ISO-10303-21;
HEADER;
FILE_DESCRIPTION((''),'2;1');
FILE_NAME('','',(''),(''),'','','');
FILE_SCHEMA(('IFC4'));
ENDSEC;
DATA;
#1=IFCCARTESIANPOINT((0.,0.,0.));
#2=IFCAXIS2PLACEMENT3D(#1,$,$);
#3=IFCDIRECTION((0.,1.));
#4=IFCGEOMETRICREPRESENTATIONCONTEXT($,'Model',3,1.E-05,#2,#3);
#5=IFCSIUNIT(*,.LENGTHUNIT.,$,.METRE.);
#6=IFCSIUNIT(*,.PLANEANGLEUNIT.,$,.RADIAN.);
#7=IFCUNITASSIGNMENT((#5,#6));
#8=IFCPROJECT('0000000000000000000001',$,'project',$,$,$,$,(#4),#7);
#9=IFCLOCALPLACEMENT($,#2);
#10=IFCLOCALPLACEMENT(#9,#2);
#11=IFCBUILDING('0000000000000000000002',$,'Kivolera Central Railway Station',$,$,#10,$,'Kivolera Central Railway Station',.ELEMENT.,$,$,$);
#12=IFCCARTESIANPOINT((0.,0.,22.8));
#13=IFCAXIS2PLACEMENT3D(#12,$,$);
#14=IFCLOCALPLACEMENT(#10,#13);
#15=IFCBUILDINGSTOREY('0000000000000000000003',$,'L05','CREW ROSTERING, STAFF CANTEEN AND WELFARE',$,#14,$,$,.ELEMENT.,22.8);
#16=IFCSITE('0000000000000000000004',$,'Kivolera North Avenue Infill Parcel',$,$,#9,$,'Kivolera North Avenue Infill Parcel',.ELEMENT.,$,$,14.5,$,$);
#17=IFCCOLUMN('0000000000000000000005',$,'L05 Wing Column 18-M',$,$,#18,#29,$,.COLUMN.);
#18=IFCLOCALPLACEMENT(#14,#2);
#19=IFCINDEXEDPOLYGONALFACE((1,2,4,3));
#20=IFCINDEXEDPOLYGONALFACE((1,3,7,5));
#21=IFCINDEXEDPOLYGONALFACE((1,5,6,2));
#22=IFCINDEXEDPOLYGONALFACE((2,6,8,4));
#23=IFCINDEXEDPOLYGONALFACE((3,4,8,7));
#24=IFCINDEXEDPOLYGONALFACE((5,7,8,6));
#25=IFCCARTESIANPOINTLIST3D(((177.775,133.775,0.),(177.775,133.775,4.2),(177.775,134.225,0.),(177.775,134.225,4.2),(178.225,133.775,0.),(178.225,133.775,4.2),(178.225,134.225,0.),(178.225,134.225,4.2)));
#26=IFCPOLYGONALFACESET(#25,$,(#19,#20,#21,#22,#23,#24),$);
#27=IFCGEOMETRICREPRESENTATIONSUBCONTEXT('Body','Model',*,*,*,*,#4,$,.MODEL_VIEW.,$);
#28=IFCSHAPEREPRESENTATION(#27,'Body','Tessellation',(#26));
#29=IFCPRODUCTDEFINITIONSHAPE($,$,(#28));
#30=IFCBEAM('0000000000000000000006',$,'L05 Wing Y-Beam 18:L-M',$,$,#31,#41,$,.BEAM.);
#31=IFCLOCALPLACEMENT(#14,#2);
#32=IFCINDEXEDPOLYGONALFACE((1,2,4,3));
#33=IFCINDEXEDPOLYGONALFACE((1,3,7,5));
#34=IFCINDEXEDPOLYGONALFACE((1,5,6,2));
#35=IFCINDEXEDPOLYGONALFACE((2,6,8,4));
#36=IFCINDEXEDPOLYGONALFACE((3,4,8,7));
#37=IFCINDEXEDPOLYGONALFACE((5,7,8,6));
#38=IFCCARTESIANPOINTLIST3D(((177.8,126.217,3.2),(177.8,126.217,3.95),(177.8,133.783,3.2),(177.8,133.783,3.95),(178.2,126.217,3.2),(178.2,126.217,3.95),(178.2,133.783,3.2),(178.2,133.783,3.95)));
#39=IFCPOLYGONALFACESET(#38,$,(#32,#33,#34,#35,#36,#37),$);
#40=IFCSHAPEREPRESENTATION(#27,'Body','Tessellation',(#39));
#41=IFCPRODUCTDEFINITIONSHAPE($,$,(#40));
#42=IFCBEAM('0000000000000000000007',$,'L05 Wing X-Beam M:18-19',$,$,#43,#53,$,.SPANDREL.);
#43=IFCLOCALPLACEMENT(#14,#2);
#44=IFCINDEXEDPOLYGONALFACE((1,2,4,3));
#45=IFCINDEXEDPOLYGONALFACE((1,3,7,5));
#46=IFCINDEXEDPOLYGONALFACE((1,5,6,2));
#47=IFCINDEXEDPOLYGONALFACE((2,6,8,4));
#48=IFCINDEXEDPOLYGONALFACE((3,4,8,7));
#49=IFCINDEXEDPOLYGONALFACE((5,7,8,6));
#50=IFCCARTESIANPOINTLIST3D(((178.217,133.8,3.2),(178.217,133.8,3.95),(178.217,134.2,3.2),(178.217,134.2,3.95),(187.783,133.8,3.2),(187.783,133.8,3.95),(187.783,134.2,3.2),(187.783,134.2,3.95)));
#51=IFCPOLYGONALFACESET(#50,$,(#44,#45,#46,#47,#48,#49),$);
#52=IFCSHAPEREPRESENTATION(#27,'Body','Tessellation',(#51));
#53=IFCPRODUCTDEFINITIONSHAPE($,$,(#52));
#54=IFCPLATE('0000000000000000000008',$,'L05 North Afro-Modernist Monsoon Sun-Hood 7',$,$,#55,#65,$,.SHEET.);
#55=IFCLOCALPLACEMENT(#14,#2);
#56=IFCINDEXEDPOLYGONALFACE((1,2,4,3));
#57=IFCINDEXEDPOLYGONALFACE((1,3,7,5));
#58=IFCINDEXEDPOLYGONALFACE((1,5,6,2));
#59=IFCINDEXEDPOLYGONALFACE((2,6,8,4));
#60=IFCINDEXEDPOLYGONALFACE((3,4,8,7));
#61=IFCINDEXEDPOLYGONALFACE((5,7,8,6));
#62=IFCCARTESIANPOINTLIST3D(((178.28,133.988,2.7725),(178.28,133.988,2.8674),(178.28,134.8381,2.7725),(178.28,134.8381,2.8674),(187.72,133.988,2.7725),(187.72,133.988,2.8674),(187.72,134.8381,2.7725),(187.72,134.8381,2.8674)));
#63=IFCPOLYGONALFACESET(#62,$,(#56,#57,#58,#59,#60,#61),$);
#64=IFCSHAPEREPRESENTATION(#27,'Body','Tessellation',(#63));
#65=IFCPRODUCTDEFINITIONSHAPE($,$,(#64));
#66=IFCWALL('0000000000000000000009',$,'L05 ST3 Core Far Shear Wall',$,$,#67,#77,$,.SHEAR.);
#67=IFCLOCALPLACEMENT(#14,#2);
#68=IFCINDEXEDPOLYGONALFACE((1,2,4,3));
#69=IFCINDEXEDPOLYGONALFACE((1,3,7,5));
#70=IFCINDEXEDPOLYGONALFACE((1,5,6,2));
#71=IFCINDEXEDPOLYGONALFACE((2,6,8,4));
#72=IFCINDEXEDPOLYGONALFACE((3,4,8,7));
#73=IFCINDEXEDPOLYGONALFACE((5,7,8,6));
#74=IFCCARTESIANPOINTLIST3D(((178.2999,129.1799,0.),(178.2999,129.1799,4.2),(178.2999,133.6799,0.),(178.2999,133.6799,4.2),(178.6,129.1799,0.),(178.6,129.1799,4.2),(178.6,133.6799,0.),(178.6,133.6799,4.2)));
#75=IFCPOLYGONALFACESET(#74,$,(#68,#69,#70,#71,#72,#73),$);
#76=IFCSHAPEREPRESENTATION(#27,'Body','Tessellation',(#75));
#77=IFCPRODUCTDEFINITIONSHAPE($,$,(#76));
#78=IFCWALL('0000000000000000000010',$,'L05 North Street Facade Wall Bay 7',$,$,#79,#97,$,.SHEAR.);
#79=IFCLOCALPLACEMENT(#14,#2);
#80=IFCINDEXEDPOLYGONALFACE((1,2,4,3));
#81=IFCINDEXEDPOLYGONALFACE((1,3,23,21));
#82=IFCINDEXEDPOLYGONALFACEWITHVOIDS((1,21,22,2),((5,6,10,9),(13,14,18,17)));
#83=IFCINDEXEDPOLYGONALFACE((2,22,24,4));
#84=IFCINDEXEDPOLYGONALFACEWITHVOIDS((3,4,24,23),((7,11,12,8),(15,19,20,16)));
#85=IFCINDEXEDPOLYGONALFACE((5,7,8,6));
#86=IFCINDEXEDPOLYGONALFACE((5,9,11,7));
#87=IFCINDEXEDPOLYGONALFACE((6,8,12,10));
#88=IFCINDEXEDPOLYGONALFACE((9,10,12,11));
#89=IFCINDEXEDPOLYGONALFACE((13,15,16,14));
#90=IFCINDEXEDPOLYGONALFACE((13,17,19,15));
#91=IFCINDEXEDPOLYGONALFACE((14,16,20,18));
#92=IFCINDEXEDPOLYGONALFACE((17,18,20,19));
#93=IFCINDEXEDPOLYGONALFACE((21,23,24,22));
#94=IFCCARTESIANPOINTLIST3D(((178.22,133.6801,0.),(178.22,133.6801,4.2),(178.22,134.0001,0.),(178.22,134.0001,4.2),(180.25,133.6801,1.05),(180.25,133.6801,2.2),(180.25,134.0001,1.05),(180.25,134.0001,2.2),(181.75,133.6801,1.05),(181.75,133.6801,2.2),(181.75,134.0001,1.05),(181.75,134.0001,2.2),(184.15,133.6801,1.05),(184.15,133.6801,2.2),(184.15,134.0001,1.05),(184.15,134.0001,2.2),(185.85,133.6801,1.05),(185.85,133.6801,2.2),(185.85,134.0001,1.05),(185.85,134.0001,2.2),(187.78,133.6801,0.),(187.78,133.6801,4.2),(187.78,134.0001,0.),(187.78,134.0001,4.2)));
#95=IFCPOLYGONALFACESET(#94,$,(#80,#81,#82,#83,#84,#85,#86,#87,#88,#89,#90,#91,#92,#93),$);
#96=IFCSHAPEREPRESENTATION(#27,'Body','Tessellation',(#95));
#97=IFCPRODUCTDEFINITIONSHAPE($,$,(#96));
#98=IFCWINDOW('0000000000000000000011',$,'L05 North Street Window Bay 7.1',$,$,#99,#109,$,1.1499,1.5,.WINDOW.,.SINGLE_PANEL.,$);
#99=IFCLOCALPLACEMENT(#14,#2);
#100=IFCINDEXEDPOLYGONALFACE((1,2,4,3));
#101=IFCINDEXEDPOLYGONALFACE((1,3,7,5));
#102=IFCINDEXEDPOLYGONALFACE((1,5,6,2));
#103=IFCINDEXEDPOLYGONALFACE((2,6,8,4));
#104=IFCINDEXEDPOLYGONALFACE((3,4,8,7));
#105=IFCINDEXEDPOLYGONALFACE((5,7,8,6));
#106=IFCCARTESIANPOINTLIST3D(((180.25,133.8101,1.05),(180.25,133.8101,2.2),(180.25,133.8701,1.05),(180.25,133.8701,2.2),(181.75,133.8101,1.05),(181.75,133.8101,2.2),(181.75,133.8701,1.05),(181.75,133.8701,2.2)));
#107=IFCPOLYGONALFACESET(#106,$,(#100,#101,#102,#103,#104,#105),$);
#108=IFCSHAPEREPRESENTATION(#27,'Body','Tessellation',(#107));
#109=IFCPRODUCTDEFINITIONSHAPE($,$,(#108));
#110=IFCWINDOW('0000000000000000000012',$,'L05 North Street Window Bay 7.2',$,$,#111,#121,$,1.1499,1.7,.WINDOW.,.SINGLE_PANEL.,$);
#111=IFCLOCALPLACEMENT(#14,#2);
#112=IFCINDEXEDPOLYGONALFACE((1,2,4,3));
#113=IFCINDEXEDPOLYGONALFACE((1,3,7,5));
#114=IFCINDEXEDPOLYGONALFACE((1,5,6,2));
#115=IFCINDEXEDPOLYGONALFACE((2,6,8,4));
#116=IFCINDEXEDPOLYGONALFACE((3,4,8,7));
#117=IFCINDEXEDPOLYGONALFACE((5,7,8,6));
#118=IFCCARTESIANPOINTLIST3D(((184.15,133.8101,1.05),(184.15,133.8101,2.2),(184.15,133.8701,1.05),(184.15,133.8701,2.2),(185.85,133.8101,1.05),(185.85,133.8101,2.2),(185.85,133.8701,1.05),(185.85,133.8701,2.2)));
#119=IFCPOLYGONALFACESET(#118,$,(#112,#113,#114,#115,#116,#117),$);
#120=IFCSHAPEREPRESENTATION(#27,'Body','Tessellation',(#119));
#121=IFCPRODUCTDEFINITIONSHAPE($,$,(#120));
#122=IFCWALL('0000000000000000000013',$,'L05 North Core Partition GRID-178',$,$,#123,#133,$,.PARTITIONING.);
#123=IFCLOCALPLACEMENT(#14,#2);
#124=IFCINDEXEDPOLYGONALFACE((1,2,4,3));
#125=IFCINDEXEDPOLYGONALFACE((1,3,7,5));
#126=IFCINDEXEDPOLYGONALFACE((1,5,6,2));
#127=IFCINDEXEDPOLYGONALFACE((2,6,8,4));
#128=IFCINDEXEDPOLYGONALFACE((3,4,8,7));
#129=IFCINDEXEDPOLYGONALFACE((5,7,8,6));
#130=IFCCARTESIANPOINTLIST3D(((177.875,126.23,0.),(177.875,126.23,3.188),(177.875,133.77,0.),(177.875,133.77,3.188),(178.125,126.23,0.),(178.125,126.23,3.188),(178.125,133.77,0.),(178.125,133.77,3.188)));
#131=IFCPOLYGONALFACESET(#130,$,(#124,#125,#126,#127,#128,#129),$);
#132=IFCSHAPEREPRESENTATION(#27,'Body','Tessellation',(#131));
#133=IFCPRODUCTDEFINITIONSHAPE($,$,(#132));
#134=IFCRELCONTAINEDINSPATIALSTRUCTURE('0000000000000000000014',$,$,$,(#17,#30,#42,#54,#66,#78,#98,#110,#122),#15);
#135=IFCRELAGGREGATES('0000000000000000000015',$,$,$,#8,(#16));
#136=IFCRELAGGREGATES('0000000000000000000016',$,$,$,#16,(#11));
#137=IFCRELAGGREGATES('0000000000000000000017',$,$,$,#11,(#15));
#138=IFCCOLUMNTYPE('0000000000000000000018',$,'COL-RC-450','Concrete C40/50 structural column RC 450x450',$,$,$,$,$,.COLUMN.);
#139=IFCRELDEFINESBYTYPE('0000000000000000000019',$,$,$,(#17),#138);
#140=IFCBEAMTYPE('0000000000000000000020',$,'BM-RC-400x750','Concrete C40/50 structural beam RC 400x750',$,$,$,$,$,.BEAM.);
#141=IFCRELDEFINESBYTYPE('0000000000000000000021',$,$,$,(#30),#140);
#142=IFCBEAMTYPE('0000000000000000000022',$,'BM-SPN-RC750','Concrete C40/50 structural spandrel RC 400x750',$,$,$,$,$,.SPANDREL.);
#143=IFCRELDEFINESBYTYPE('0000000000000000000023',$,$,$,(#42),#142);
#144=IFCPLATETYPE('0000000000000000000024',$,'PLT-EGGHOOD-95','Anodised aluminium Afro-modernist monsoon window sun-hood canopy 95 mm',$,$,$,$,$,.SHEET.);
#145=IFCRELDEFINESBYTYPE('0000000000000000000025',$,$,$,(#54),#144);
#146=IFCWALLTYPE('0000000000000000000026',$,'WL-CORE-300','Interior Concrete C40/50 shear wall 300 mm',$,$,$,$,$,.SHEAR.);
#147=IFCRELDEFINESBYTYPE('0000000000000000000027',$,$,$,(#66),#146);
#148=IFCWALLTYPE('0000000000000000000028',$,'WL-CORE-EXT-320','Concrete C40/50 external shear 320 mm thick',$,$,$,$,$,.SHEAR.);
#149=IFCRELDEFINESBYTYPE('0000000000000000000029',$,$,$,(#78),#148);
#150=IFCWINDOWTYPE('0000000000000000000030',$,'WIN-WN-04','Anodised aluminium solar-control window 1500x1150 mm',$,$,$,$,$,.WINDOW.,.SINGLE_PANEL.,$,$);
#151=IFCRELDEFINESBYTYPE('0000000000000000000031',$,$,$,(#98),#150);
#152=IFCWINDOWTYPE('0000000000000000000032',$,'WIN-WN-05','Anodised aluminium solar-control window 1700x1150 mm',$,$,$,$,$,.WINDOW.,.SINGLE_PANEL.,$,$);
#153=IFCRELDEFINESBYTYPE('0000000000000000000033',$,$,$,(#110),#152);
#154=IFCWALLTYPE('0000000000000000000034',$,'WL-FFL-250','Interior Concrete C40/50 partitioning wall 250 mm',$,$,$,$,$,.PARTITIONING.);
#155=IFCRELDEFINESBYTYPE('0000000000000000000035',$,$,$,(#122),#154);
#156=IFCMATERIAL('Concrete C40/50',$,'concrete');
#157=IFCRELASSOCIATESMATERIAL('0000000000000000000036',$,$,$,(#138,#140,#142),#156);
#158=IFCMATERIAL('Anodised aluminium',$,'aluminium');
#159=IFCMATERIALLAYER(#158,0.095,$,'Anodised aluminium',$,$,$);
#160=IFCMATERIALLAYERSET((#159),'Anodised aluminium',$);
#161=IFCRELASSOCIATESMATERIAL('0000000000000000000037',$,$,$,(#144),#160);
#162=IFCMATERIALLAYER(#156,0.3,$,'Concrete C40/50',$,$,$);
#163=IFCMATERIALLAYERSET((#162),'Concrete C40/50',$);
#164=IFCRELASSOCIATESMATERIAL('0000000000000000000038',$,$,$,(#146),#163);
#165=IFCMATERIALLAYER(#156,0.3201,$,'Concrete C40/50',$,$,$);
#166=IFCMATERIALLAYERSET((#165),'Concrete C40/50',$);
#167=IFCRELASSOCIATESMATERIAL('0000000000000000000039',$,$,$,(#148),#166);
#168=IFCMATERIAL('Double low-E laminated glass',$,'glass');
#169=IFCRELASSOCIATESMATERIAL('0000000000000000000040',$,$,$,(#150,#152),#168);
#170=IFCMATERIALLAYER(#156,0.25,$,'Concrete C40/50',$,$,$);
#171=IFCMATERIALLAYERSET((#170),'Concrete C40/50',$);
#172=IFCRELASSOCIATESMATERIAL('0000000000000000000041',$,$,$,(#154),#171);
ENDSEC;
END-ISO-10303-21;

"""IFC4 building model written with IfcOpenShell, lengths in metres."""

from ifc_helpers import new_model, si_unit, direction, frame, frame_2d, origin, origin_2d, place, context, subcontext, project, spatial, rectangle, extrude, material, layer, layer_set, material_profile, profile_set, type_object, element, fill, save


model = new_model("IFC4")

# Units and contexts
model_context = context("Model", 3, precision=1e-05, world=origin(), true_north=direction((0.0, 1.0)))
body_context = subcontext(model_context, "Body", "Model", "MODEL_VIEW")
ifc_project = project(units=[si_unit("LENGTHUNIT", "METRE"), si_unit("PLANEANGLEUNIT", "RADIAN")], contexts=[model_context])

# Site, building, storey
site_placement = place(None, origin())
site = spatial("IfcSite", under=ifc_project, at=site_placement, Name="Kivolera North Avenue Infill Parcel", LongName="Kivolera North Avenue Infill Parcel", CompositionType="ELEMENT", RefElevation=14.5)
building_placement = place(site_placement, origin())
building = spatial("IfcBuilding", under=site, at=building_placement, Name="Kivolera Central Railway Station", LongName="Kivolera Central Railway Station", CompositionType="ELEMENT")
storey_placement = place(building_placement, frame((0.0, 0.0, 22.8)))
storey = spatial("IfcBuildingStorey", under=building, at=storey_placement, Name="L05", Description="CREW ROSTERING, STAFF CANTEEN AND WELFARE", CompositionType="ELEMENT", Elevation=22.8)

# Column
ifc_material_1 = material(Name="Concrete C40/50", Category="concrete")
ifc_material_profile_1 = material_profile(ifc_material_1, rectangle(XDim=0.45, YDim=0.45, at=origin_2d()), Name="RC 450x450")
ifc_profile_set_1 = profile_set([ifc_material_profile_1], Name="Concrete C40/50")
column_type = type_object("IfcColumnType", Name="COL-RC-450", Description="Concrete C40/50 structural column RC 450x450", PredefinedType="COLUMN", material=ifc_profile_set_1)
column_placement = place(storey_placement, frame((178.0, 134.0, 0.0), z_axis=(0.0, 0.0, 1.0), x_axis=(1.0, 0.0, 0.0)))
element("IfcColumn", 1, at=column_placement, inside=storey, type_object=column_type, Name="L05 Wing Column 18-M", PredefinedType="COLUMN", context=body_context, shape_type="SweptSolid", body=[
    extrude(rectangle(XDim=0.45, YDim=0.45, at=origin_2d()), origin(), (0.0, 0.0, 1.0), 4.2),
])

# Beams
ifc_material_profile_2 = material_profile(ifc_material_1, rectangle(XDim=0.3999, YDim=0.75, at=origin_2d()), Name="RC 400x750")
ifc_profile_set_2 = profile_set([ifc_material_profile_2], Name="Concrete C40/50")
beam_type_1 = type_object("IfcBeamType", Name="BM-RC-400x750", Description="Concrete C40/50 structural beam RC 400x750", PredefinedType="BEAM", material=ifc_profile_set_2)
beam_1_placement = place(storey_placement, frame((178.0, 126.217, 3.575), z_axis=(0.0, 1.0, 0.0), x_axis=(-1.0, 0.0, 0.0)))
element("IfcBeam", 2, at=beam_1_placement, inside=storey, type_object=beam_type_1, Name="L05 Wing Y-Beam 18:L-M", PredefinedType="BEAM", context=body_context, shape_type="SweptSolid", body=[
    extrude(rectangle(XDim=0.3999, YDim=0.75, at=origin_2d()), origin(), (0.0, 0.0, 1.0), 7.5659),
])
ifc_material_profile_3 = material_profile(ifc_material_1, rectangle(XDim=0.3999, YDim=0.75, at=origin_2d()), Name="RC 400x750")
ifc_profile_set_3 = profile_set([ifc_material_profile_3], Name="Concrete C40/50")
beam_type_2 = type_object("IfcBeamType", Name="BM-SPN-RC750", Description="Concrete C40/50 structural spandrel RC 400x750", PredefinedType="SPANDREL", material=ifc_profile_set_3)
beam_2_placement = place(storey_placement, frame((178.217, 134.0, 3.575), z_axis=(1.0, 0.0, 0.0), x_axis=(0.0, 1.0, 0.0)))
element("IfcBeam", 3, at=beam_2_placement, inside=storey, type_object=beam_type_2, Name="L05 Wing X-Beam M:18-19", PredefinedType="SPANDREL", context=body_context, shape_type="SweptSolid", body=[
    extrude(rectangle(XDim=0.3999, YDim=0.75, at=origin_2d()), origin(), (0.0, 0.0, 1.0), 9.5659),
])

# Plate
ifc_material_2 = material(Name="Anodised aluminium", Category="aluminium")
ifc_layer_1 = layer(ifc_material_2, 0.095, Name="Anodised aluminium")
ifc_layer_set_1 = layer_set([ifc_layer_1], Name="Anodised aluminium")
plate_type = type_object("IfcPlateType", Name="PLT-EGGHOOD-95", Description="Anodised aluminium Afro-modernist monsoon window sun-hood canopy 95 mm", PredefinedType="SHEET", material=ifc_layer_set_1)
plate_placement = place(storey_placement, frame((183.0, 134.4131, 2.7725), z_axis=(0.0, 0.0, 1.0), x_axis=(1.0, 0.0, 0.0)))
element("IfcPlate", 4, at=plate_placement, inside=storey, type_object=plate_type, Name="L05 North Afro-Modernist Monsoon Sun-Hood 7", PredefinedType="SHEET", context=body_context, shape_type="SweptSolid", body=[
    extrude(rectangle(XDim=9.4399, YDim=0.8501, at=origin_2d()), origin(), (0.0, 0.0, 1.0), 0.095),
])

# Wall
ifc_layer_2 = layer(ifc_material_1, 0.3, Name="Concrete C40/50")
ifc_layer_set_2 = layer_set([ifc_layer_2], Name="Concrete C40/50")
wall_type_1 = type_object("IfcWallType", Name="WL-CORE-300", Description="Interior Concrete C40/50 shear wall 300 mm", PredefinedType="SHEAR", material=ifc_layer_set_2)
wall_1_placement = place(storey_placement, frame((178.45, 129.1799, 0.0), z_axis=(0.0, 0.0, 1.0), x_axis=(0.0, 1.0, 0.0)))
element("IfcWall", 5, at=wall_1_placement, inside=storey, type_object=wall_type_1, Name="L05 ST3 Core Far Shear Wall", PredefinedType="SHEAR", context=body_context, shape_type="SweptSolid", body=[
    extrude(rectangle(XDim=4.5, YDim=0.3, at=frame_2d((2.25, 0.0))), origin(), (0.0, 0.0, 1.0), 4.2),
])

# Wall, openings, windows
ifc_layer_3 = layer(ifc_material_1, 0.3201, Name="Concrete C40/50")
ifc_layer_set_3 = layer_set([ifc_layer_3], Name="Concrete C40/50")
wall_type_2 = type_object("IfcWallType", Name="WL-CORE-EXT-320", Description="Concrete C40/50 external shear 320 mm thick", PredefinedType="SHEAR", material=ifc_layer_set_3)
wall_2_placement = place(storey_placement, frame((178.22, 133.8401, 0.0), z_axis=(0.0, 0.0, 1.0), x_axis=(1.0, 0.0, 0.0)))
wall_2 = element("IfcWall", 6, at=wall_2_placement, inside=storey, type_object=wall_type_2, Name="L05 North Street Facade Wall Bay 7", PredefinedType="SHEAR", context=body_context, shape_type="SweptSolid", body=[
    extrude(rectangle(XDim=9.5601, YDim=0.3201, at=frame_2d((4.78, 0.0))), origin(), (0.0, 0.0, 1.0), 4.2),
])
opening_1_placement = place(wall_2_placement, frame((2.03, 0.0, 1.05)))
opening_1 = element("IfcOpeningElement", 7, at=opening_1_placement, cuts=wall_2, PredefinedType="OPENING", context=body_context, shape_type="SweptSolid", body=[
    extrude(rectangle(XDim=1.5, YDim=1.1499, at=frame_2d((0.75, 0.575))), frame((0.0, 0.1699, 0.0), z_axis=(0.0, -1.0, 0.0), x_axis=(1.0, 0.0, 0.0)), (0.0, 0.0, 1.0), 0.3401),
])
opening_2_placement = place(wall_2_placement, frame((5.9299, 0.0, 1.05)))
opening_2 = element("IfcOpeningElement", 8, at=opening_2_placement, cuts=wall_2, PredefinedType="OPENING", context=body_context, shape_type="SweptSolid", body=[
    extrude(rectangle(XDim=1.7, YDim=1.1499, at=frame_2d((0.8501, 0.575))), frame((0.0, 0.1699, 0.0), z_axis=(0.0, -1.0, 0.0), x_axis=(1.0, 0.0, 0.0)), (0.0, 0.0, 1.0), 0.3401),
])
ifc_material_3 = material(Name="Double low-E laminated glass", Category="glass")
window_type_1 = type_object("IfcWindowType", Name="WIN-WN-04", Description="Anodised aluminium solar-control window 1500x1150 mm", PartitioningType="SINGLE_PANEL", PredefinedType="WINDOW", material=ifc_material_3)
window_1_placement = place(opening_1_placement, origin())
window_1 = element("IfcWindow", 9, at=window_1_placement, inside=storey, type_object=window_type_1, Name="L05 North Street Window Bay 7.1", OverallHeight=1.1499, OverallWidth=1.5, PartitioningType="SINGLE_PANEL", PredefinedType="WINDOW", context=body_context, shape_type="SweptSolid", body=[
    extrude(rectangle(XDim=1.5, YDim=1.1499, at=frame_2d((0.75, 0.575))), frame((0.0, 0.03, 0.0), z_axis=(0.0, -1.0, 0.0), x_axis=(1.0, 0.0, 0.0)), (0.0, 0.0, 1.0), 0.0601),
])
fill(opening_1, window_1)
window_type_2 = type_object("IfcWindowType", Name="WIN-WN-05", Description="Anodised aluminium solar-control window 1700x1150 mm", PartitioningType="SINGLE_PANEL", PredefinedType="WINDOW", material=ifc_material_3)
window_2_placement = place(opening_2_placement, origin())
window_2 = element("IfcWindow", 10, at=window_2_placement, inside=storey, type_object=window_type_2, Name="L05 North Street Window Bay 7.2", OverallHeight=1.1499, OverallWidth=1.7, PartitioningType="SINGLE_PANEL", PredefinedType="WINDOW", context=body_context, shape_type="SweptSolid", body=[
    extrude(rectangle(XDim=1.7, YDim=1.1499, at=frame_2d((0.8501, 0.575))), frame((0.0, 0.03, 0.0), z_axis=(0.0, -1.0, 0.0), x_axis=(1.0, 0.0, 0.0)), (0.0, 0.0, 1.0), 0.0601),
])
fill(opening_2, window_2)

# Wall
ifc_layer_4 = layer(ifc_material_1, 0.25, Name="Concrete C40/50")
ifc_layer_set_4 = layer_set([ifc_layer_4], Name="Concrete C40/50")
wall_type_3 = type_object("IfcWallType", Name="WL-FFL-250", Description="Interior Concrete C40/50 partitioning wall 250 mm", PredefinedType="PARTITIONING", material=ifc_layer_set_4)
wall_3_placement = place(storey_placement, frame((178.0, 126.23, 0.0), z_axis=(0.0, 0.0, 1.0), x_axis=(0.0, 1.0, 0.0)))
element("IfcWall", 11, at=wall_3_placement, inside=storey, type_object=wall_type_3, Name="L05 North Core Partition GRID-178", PredefinedType="PARTITIONING", context=body_context, shape_type="SweptSolid", body=[
    extrude(rectangle(XDim=7.54, YDim=0.25, at=frame_2d((3.77, 0.0))), origin(), (0.0, 0.0, 1.0), 3.188),
])

save(model, "model.ifc")
